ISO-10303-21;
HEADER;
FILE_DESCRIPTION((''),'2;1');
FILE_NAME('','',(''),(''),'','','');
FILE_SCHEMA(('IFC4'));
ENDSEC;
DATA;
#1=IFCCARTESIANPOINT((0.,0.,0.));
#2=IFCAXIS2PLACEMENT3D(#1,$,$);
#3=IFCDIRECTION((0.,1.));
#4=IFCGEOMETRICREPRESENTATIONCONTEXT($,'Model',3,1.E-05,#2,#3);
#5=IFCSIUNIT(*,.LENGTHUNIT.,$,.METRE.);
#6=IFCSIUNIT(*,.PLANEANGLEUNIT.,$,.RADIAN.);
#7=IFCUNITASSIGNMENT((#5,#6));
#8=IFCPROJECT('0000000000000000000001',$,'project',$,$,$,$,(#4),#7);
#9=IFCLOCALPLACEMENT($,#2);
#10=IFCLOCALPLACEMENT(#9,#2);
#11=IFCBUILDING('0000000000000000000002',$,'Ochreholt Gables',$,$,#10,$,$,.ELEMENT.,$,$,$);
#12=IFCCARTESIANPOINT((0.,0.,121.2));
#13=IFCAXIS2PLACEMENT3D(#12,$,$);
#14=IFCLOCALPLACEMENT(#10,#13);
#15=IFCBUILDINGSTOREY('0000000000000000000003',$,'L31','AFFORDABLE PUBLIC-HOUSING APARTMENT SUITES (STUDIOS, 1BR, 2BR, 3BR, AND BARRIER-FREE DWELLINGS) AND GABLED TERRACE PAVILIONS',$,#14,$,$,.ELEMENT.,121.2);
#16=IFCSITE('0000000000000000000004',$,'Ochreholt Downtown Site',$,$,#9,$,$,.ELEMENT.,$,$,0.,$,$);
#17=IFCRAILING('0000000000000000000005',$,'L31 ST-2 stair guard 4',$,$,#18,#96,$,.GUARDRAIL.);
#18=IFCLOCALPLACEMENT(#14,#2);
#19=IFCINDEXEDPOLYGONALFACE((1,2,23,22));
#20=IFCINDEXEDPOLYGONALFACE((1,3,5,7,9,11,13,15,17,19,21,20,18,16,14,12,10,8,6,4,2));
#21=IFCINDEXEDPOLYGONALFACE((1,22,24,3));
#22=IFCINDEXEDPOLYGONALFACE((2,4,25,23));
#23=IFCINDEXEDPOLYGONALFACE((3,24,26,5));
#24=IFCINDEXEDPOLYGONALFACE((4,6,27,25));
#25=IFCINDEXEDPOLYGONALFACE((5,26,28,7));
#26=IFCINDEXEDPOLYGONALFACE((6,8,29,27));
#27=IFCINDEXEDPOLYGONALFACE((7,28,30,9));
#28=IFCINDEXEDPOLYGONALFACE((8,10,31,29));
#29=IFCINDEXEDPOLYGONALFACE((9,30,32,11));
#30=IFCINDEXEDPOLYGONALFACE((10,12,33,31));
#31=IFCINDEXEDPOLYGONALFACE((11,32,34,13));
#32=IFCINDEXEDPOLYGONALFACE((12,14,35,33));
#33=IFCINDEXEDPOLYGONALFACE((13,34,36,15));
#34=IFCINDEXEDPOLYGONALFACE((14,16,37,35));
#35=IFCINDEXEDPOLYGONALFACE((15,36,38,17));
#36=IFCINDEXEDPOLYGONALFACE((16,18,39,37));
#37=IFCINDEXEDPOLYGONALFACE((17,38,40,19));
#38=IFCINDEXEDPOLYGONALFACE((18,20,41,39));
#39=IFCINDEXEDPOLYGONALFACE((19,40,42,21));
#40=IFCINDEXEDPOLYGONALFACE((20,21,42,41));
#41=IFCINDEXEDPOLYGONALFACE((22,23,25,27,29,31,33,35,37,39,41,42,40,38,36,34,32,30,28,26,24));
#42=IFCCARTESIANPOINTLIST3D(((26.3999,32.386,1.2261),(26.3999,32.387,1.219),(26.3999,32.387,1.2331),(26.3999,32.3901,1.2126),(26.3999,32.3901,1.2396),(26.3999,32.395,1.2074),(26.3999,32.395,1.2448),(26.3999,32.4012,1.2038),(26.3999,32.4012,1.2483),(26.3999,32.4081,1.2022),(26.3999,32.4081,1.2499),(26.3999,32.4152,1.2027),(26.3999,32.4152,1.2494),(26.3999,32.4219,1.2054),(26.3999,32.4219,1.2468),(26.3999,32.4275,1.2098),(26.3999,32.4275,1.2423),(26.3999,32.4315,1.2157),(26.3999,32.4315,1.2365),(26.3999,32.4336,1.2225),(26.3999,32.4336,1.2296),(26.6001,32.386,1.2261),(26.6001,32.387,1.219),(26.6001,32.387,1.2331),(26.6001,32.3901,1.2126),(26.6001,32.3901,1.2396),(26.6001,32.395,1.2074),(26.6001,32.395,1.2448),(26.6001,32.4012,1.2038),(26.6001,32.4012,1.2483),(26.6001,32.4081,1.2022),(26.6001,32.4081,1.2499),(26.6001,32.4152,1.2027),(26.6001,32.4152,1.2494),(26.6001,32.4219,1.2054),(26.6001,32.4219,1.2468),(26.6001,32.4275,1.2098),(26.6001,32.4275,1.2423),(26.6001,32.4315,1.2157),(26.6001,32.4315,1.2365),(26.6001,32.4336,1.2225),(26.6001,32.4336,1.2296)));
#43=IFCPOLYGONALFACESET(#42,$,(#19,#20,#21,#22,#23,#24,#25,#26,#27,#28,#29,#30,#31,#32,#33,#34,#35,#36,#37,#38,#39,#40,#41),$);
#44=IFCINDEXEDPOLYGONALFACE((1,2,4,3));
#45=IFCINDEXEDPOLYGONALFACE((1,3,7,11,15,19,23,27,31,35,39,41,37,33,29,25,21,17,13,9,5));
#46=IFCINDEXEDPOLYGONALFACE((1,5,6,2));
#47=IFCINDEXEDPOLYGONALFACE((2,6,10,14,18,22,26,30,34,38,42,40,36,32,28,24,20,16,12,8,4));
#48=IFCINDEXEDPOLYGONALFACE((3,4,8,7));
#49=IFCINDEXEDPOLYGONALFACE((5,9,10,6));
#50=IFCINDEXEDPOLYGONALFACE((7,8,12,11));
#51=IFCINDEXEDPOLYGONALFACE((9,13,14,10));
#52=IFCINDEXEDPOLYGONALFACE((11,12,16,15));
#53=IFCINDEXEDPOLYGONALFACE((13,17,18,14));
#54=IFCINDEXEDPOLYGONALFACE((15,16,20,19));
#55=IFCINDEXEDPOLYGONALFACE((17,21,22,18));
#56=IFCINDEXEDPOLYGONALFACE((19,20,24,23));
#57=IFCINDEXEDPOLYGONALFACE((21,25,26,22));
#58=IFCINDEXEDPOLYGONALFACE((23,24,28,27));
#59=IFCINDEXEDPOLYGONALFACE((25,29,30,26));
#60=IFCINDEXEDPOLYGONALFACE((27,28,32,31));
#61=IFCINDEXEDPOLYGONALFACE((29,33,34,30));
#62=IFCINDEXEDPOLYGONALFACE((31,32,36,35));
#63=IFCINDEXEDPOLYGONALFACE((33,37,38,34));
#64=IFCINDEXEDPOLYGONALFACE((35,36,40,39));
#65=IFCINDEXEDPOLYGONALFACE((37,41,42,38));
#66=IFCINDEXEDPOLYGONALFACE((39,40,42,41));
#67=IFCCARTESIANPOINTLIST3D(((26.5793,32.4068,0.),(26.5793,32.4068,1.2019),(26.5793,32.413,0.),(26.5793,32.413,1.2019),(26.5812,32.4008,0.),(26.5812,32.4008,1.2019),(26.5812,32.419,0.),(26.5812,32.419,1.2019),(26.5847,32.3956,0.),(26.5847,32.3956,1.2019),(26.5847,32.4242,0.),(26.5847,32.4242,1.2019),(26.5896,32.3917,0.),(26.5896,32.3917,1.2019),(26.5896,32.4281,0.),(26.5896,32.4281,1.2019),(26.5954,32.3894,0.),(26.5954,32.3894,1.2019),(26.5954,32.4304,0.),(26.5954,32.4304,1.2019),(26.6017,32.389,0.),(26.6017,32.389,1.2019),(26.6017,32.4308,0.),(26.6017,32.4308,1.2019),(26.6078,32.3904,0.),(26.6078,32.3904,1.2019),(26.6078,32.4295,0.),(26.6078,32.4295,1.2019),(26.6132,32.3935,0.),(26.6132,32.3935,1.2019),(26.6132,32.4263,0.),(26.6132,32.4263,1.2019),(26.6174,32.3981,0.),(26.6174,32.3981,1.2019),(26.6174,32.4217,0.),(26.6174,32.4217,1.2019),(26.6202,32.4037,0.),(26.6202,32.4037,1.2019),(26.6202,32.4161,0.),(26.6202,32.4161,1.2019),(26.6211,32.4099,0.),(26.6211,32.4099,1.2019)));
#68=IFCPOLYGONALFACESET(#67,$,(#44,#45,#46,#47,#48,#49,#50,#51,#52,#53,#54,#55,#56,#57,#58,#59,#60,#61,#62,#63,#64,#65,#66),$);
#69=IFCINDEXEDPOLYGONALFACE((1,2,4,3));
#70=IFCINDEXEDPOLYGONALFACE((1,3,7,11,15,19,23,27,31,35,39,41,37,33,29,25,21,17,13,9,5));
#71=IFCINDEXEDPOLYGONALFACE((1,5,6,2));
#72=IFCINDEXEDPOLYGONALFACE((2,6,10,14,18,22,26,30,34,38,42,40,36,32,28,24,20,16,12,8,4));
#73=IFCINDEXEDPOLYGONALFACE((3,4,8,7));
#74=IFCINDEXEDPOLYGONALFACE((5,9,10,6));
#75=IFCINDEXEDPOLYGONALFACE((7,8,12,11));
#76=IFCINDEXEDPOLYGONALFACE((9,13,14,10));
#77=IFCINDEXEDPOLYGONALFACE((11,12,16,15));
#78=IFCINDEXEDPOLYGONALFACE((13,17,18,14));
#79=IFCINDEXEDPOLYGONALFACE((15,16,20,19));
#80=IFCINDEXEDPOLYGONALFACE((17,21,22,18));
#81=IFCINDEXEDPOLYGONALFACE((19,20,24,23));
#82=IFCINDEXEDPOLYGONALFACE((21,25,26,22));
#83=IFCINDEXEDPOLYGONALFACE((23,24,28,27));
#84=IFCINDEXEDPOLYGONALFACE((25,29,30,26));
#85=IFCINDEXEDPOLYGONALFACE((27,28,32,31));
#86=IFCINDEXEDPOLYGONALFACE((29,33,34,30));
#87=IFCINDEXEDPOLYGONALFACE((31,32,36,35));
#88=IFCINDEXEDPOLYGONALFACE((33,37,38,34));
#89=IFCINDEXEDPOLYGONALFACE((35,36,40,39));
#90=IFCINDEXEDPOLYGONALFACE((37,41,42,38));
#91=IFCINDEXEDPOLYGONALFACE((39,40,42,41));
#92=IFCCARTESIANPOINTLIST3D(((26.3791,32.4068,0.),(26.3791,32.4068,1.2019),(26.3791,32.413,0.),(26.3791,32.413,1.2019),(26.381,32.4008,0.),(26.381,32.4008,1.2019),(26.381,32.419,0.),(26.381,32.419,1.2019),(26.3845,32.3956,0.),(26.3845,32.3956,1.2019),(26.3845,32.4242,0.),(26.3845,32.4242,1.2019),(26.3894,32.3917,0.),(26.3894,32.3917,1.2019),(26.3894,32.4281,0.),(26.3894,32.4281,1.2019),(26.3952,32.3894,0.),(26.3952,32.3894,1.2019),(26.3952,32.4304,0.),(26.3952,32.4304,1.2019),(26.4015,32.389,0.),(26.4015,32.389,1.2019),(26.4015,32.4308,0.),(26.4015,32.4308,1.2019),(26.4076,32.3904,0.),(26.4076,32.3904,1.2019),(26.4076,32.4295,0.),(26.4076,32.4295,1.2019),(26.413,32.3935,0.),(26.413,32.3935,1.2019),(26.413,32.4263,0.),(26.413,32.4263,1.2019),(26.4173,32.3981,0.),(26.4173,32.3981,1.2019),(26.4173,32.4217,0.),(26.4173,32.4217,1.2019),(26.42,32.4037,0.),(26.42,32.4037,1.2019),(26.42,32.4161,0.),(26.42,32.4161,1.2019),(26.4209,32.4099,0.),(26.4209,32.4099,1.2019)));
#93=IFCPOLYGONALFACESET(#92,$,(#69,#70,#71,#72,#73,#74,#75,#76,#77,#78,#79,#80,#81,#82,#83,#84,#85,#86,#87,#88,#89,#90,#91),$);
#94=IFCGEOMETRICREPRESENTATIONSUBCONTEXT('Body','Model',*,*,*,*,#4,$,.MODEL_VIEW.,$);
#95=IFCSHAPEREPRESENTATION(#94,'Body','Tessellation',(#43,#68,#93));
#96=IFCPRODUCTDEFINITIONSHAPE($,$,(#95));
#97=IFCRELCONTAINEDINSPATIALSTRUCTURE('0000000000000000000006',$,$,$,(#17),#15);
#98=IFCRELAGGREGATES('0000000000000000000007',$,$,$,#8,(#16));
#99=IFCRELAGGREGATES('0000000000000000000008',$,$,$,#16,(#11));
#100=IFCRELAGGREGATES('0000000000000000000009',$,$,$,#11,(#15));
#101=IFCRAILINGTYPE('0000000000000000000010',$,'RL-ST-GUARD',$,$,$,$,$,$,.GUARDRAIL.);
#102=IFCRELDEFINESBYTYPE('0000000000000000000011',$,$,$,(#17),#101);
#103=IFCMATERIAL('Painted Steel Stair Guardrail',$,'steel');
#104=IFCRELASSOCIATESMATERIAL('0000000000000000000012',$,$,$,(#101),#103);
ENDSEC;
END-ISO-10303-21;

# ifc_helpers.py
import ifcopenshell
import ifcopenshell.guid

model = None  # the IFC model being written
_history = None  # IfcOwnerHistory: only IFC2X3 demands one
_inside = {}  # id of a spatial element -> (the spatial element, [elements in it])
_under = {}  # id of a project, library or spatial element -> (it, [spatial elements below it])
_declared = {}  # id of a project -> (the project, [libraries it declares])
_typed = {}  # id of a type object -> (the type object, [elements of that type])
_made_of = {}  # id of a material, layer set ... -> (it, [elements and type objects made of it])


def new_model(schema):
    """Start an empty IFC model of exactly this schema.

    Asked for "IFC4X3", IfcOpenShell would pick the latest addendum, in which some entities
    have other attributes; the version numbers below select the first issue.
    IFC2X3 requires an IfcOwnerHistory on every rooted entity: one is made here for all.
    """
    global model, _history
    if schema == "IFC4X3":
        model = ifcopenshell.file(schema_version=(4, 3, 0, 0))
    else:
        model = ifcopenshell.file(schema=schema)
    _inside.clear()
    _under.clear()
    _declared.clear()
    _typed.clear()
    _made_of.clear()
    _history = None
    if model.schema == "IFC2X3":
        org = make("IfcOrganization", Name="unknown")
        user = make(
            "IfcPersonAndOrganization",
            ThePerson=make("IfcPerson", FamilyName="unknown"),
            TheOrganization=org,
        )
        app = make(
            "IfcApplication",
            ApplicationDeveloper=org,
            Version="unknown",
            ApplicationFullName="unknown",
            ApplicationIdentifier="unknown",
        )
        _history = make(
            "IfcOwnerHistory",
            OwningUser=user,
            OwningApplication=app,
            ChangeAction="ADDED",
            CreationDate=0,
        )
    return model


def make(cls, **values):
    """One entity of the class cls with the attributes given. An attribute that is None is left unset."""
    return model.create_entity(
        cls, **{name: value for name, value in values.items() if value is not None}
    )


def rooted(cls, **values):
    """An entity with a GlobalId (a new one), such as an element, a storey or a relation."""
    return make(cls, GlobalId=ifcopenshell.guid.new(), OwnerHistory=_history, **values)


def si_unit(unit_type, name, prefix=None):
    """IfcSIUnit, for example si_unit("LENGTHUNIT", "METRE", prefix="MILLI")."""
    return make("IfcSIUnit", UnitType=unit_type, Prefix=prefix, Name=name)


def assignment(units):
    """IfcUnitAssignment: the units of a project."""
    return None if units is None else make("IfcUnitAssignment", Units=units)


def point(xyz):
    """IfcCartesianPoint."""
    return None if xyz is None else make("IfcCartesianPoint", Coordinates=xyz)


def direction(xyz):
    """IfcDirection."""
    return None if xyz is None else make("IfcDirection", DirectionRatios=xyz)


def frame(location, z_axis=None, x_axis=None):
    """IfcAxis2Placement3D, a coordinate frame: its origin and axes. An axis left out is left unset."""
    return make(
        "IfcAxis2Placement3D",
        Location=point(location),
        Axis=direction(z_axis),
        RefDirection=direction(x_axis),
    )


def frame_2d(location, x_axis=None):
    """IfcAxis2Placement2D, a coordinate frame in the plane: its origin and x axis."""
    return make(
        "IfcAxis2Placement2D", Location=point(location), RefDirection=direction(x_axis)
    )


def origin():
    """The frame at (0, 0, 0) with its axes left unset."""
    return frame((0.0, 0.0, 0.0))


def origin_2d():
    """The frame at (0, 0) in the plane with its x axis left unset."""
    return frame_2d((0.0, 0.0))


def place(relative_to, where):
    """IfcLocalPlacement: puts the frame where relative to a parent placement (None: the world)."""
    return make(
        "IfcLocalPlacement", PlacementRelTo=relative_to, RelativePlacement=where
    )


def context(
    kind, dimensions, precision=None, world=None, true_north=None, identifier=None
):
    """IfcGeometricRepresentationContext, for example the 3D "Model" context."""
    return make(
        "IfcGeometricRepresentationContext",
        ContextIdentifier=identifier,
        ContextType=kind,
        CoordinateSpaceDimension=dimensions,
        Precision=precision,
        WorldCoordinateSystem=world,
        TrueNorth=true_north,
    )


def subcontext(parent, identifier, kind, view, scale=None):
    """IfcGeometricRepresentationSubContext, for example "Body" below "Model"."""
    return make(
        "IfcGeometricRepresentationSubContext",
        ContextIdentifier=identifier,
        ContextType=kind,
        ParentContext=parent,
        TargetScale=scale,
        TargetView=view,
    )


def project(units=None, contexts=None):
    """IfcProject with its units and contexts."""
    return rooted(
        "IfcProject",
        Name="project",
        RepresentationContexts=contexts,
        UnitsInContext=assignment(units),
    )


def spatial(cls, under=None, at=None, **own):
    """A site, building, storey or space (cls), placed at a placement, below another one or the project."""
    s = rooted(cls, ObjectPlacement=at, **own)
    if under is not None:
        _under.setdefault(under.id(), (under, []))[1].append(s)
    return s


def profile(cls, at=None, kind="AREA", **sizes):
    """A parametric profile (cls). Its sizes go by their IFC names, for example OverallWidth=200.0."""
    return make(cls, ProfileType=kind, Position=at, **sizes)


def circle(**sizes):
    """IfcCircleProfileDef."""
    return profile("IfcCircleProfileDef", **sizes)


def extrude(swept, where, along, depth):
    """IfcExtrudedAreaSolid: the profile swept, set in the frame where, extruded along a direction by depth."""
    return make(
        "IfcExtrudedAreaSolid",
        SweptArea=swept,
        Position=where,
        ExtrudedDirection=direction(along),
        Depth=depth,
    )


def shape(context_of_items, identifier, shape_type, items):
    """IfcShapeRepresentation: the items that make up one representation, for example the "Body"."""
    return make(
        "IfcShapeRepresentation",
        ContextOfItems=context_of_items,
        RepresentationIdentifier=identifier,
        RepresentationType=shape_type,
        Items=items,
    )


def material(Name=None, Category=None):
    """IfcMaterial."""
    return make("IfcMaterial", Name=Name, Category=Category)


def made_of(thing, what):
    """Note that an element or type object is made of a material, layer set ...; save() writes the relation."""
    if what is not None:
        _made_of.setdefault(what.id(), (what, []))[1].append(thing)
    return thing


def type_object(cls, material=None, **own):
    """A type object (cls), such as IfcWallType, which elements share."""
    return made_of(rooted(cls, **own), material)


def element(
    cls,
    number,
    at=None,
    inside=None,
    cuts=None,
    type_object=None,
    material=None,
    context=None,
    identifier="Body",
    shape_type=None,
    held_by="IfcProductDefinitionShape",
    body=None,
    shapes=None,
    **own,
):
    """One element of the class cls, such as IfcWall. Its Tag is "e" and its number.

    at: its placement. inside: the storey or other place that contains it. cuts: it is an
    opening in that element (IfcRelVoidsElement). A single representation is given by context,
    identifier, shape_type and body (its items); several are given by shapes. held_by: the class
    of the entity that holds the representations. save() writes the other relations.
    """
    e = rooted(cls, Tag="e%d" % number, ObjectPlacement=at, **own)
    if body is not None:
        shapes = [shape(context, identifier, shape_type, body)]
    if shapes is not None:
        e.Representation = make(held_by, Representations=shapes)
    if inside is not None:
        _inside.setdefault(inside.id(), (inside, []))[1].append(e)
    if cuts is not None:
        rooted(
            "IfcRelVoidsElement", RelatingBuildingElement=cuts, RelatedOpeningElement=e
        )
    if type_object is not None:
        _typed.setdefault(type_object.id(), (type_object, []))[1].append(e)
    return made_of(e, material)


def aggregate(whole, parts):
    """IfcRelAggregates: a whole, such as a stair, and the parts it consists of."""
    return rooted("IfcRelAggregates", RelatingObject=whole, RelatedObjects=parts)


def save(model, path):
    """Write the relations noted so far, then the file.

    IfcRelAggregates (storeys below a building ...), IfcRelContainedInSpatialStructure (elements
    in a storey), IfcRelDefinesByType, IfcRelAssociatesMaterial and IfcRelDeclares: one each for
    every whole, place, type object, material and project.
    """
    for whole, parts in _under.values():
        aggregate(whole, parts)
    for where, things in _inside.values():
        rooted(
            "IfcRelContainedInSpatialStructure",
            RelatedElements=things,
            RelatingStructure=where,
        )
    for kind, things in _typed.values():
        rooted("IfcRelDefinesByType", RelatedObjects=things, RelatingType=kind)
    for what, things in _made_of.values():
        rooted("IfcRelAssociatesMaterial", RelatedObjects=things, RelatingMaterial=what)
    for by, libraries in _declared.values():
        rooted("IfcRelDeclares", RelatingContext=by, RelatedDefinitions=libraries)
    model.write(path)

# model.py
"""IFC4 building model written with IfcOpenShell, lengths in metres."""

from ifc_helpers import new_model, si_unit, direction, frame, origin, origin_2d, place, context, subcontext, project, spatial, circle, extrude, material, type_object, element, save


model = new_model("IFC4")

# Units and contexts
model_context = context("Model", 3, precision=1e-05, world=origin(), true_north=direction((0.0, 1.0)))
body_context = subcontext(model_context, "Body", "Model", "MODEL_VIEW")
ifc_project = project(units=[si_unit("LENGTHUNIT", "METRE"), si_unit("PLANEANGLEUNIT", "RADIAN")], contexts=[model_context])

# Site, building, storey
site_placement = place(None, origin())
site = spatial("IfcSite", under=ifc_project, at=site_placement, Name="Ochreholt Downtown Site", CompositionType="ELEMENT", RefElevation=0.0)
building_placement = place(site_placement, origin())
building = spatial("IfcBuilding", under=site, at=building_placement, Name="Ochreholt Gables", CompositionType="ELEMENT")
storey_placement = place(building_placement, frame((0.0, 0.0, 121.2)))
storey = spatial("IfcBuildingStorey", under=building, at=storey_placement, Name="L31", Description="AFFORDABLE PUBLIC-HOUSING APARTMENT SUITES (STUDIOS, 1BR, 2BR, 3BR, AND BARRIER-FREE DWELLINGS) AND GABLED TERRACE PAVILIONS", CompositionType="ELEMENT", Elevation=121.2)

# Railing
ifc_material_1 = material(Name="Painted Steel Stair Guardrail", Category="steel")
railing_type = type_object("IfcRailingType", Name="RL-ST-GUARD", PredefinedType="GUARDRAIL", material=ifc_material_1)
railing_1_placement = place(storey_placement, frame((26.6001, 32.4099, 0.0)))
element("IfcRailing", 1, at=railing_1_placement, inside=storey, type_object=railing_type, Name="L31 ST-2 stair guard 4", PredefinedType="GUARDRAIL", context=body_context, shape_type="SweptSolid", body=[
    extrude(circle(Radius=0.0239, at=origin_2d()), frame((0.0, 0.0, 1.2261), z_axis=(-1.0, 0.0, 0.0), x_axis=(0.0, -1.0, 0.0)), (0.0, 0.0, 1.0), 0.2002),
    extrude(circle(Radius=0.021, at=origin_2d()), origin(), (0.0, 0.0, 1.0), 1.2019),
    extrude(circle(Radius=0.021, at=origin_2d()), frame((-0.2002, 0.0, 0.0)), (0.0, 0.0, 1.0), 1.2019),
])

save(model, "model.ifc")
